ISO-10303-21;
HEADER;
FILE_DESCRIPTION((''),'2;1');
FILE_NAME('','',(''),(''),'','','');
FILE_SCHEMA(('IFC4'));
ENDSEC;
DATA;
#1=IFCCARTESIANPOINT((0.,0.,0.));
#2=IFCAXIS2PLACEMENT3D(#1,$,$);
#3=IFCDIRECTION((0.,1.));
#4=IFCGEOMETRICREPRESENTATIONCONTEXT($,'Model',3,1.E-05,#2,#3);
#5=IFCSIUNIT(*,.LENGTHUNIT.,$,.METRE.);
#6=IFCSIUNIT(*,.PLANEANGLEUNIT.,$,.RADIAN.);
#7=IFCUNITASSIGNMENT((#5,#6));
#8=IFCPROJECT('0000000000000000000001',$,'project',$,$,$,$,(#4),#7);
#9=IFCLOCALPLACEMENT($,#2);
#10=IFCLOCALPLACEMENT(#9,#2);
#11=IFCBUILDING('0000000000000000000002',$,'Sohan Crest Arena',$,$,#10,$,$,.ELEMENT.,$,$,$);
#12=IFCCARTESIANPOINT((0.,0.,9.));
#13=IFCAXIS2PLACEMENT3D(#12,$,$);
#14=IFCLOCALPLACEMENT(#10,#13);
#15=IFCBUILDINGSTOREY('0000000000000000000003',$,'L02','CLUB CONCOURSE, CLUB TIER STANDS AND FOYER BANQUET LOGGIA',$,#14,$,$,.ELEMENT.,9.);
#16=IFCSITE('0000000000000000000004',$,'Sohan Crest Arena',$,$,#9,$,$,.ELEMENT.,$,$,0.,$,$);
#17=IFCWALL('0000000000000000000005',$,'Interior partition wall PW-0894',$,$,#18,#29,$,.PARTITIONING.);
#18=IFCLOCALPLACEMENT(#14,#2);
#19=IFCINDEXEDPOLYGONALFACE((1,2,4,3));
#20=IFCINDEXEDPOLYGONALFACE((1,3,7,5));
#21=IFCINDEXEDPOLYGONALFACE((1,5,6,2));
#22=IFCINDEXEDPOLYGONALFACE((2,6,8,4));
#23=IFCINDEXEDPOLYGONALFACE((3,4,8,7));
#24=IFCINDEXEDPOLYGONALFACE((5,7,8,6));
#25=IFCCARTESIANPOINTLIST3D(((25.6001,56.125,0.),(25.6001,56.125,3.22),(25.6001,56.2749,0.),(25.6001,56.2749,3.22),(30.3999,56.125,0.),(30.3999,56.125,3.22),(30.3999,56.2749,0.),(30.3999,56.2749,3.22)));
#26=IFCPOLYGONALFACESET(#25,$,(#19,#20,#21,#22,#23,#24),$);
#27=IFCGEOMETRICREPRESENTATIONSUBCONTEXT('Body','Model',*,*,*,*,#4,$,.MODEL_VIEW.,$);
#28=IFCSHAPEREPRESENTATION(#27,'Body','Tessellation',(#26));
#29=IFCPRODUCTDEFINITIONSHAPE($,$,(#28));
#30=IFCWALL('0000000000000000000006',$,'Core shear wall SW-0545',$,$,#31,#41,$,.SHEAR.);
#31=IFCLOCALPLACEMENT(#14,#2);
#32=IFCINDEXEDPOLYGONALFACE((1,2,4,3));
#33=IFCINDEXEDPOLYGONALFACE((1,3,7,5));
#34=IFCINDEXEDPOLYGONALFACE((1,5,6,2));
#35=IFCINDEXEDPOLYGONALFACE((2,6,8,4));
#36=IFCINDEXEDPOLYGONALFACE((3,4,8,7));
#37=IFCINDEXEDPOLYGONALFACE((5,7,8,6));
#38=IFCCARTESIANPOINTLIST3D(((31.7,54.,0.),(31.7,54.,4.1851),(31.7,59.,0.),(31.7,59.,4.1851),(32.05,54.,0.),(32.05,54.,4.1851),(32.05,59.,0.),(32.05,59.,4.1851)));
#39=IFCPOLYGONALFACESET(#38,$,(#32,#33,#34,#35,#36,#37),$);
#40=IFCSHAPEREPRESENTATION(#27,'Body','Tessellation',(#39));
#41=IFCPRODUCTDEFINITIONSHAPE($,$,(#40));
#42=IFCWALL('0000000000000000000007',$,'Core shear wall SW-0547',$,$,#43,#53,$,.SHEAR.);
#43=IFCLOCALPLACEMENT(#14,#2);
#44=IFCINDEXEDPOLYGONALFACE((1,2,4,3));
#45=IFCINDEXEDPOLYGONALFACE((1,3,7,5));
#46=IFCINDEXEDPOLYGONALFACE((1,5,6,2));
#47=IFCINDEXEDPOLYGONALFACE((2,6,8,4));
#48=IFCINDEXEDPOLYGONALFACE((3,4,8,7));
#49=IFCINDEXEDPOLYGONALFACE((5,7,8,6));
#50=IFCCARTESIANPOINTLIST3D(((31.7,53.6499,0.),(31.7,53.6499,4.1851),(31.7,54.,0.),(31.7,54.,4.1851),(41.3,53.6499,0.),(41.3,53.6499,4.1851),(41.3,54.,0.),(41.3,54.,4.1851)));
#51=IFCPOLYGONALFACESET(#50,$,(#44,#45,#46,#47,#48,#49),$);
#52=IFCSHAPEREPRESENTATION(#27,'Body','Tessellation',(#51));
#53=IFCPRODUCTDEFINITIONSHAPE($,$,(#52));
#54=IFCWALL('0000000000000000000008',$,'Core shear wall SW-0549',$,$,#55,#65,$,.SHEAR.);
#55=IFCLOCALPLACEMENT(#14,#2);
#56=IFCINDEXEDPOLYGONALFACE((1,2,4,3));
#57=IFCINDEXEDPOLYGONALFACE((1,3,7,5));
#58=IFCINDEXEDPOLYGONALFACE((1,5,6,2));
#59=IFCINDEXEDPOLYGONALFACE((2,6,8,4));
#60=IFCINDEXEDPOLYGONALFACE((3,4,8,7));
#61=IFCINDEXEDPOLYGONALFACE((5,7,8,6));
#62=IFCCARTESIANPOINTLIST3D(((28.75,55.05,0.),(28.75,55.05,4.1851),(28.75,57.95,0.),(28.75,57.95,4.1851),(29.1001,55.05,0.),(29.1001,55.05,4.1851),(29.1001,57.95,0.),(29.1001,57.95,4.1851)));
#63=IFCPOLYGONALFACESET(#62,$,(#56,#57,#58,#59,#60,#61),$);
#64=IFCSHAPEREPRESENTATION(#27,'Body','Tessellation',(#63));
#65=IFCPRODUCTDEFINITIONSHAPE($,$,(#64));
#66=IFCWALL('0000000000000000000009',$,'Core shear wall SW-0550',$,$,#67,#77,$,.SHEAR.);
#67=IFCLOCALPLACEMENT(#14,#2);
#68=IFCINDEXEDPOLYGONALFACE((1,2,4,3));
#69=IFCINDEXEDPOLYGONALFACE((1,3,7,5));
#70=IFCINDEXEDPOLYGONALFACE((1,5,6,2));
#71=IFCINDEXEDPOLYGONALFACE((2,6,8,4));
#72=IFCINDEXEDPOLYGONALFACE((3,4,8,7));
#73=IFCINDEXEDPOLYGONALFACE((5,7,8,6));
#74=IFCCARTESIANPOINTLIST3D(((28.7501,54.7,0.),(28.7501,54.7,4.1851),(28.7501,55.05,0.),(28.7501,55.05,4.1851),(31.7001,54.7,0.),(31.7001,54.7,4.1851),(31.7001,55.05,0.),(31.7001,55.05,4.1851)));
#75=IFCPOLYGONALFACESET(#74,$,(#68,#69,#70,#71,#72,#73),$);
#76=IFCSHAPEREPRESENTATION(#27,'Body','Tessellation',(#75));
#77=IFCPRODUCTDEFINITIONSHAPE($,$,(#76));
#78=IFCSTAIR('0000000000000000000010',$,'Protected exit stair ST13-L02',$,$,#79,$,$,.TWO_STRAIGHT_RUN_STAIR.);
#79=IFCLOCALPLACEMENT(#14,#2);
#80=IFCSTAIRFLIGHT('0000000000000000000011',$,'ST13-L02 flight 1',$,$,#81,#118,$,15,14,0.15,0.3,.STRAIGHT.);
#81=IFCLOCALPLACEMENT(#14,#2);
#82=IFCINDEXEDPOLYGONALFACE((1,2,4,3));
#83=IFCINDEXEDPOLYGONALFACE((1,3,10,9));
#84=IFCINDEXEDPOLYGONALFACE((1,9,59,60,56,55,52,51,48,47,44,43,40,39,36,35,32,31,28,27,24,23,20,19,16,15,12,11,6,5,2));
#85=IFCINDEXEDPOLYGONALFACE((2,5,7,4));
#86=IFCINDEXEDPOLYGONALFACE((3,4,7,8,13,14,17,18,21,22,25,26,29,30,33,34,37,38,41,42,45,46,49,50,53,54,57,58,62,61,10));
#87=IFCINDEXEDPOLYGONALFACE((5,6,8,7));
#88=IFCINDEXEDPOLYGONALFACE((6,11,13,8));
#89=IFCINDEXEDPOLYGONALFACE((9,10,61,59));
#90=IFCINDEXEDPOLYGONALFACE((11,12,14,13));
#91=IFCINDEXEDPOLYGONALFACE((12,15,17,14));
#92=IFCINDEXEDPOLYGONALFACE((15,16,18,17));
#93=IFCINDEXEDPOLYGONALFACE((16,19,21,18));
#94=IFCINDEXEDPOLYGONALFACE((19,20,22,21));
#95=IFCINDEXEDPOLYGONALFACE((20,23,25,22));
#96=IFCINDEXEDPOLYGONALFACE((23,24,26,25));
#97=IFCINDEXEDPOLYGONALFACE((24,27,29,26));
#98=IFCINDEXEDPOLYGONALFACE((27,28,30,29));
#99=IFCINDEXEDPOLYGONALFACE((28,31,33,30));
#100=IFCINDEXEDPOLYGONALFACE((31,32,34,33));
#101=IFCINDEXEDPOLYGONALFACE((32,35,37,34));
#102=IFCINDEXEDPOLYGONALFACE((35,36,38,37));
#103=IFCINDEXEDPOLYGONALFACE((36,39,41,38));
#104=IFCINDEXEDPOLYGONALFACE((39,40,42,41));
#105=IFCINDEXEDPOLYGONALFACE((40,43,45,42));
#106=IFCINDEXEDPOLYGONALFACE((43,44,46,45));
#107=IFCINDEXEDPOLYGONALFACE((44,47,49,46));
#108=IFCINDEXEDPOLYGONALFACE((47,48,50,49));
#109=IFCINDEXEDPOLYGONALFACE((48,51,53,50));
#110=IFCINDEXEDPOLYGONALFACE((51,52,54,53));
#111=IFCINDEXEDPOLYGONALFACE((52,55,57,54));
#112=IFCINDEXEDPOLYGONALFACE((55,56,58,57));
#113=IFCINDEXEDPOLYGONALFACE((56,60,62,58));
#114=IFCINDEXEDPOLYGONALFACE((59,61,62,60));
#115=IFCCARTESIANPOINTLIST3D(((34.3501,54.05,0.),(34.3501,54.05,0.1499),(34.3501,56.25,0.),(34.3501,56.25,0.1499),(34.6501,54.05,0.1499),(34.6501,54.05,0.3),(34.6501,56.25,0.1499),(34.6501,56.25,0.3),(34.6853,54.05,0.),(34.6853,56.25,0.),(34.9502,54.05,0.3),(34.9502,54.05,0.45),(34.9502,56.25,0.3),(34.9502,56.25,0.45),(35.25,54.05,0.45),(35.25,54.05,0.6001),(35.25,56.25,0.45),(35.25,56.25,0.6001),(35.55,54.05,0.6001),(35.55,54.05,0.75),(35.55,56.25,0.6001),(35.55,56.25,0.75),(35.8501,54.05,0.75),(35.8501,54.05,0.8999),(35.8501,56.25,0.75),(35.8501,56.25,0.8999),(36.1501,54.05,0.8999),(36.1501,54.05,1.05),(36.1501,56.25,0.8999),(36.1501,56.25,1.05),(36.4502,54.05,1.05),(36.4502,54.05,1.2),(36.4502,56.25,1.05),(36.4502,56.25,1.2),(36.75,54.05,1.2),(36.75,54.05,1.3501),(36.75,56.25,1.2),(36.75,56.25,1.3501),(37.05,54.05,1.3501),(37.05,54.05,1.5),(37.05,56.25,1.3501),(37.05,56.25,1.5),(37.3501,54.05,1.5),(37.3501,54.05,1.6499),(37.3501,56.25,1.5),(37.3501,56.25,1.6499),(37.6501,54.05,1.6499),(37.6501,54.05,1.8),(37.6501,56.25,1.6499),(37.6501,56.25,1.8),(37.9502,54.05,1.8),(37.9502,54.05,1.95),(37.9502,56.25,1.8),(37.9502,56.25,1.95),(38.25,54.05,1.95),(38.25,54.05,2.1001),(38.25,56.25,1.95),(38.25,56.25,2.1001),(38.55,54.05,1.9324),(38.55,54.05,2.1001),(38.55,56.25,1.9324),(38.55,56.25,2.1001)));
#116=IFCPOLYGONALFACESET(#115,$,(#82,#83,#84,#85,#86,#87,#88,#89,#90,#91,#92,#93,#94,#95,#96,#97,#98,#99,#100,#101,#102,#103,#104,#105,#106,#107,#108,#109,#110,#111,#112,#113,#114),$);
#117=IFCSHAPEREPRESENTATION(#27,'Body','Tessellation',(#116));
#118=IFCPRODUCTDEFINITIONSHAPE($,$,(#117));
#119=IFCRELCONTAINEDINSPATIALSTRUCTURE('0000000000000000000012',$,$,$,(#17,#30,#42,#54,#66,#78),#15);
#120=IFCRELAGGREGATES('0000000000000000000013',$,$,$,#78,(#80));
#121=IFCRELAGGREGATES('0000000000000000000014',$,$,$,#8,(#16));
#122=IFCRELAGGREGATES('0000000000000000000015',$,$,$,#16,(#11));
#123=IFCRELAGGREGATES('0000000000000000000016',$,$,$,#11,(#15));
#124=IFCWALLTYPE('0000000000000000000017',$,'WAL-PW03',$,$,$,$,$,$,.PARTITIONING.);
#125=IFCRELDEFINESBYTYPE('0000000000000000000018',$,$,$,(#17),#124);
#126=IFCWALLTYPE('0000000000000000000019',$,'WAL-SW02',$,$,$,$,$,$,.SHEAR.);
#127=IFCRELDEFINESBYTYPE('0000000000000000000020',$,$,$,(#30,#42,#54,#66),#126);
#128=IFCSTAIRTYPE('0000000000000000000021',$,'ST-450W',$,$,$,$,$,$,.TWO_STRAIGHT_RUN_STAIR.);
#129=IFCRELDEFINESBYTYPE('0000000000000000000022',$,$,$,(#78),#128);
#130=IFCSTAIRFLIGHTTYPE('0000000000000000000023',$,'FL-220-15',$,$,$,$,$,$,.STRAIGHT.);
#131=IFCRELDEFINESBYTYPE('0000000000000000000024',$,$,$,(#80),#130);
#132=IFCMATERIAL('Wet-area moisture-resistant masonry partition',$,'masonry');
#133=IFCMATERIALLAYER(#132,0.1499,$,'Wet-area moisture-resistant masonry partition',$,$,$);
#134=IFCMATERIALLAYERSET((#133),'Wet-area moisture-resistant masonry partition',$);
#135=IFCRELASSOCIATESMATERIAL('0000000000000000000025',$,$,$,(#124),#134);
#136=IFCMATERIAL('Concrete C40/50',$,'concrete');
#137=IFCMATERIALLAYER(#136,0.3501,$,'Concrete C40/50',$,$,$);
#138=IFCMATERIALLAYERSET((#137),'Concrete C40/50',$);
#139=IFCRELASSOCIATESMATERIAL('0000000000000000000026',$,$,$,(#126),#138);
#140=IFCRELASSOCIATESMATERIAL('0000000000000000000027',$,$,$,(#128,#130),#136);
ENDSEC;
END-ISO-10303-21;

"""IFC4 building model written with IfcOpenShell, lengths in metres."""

from ifc_helpers import new_model, si_unit, direction, frame, frame_2d, origin, place, context, subcontext, project, spatial, polyline, rectangle, outline, extrude, material, layer, layer_set, type_object, element, aggregate, save


model = new_model("IFC4")

# Units and contexts
model_context = context("Model", 3, precision=1e-05, world=origin(), true_north=direction((0.0, 1.0)))
body_context = subcontext(model_context, "Body", "Model", "MODEL_VIEW")
ifc_project = project(units=[si_unit("LENGTHUNIT", "METRE"), si_unit("PLANEANGLEUNIT", "RADIAN")], contexts=[model_context])

# Site, building, storey
site_placement = place(None, origin())
site = spatial("IfcSite", under=ifc_project, at=site_placement, Name="Sohan Crest Arena", CompositionType="ELEMENT", RefElevation=0.0)
building_placement = place(site_placement, origin())
building = spatial("IfcBuilding", under=site, at=building_placement, Name="Sohan Crest Arena", CompositionType="ELEMENT")
storey_placement = place(building_placement, frame((0.0, 0.0, 9.0)))
storey = spatial("IfcBuildingStorey", under=building, at=storey_placement, Name="L02", Description="CLUB CONCOURSE, CLUB TIER STANDS AND FOYER BANQUET LOGGIA", CompositionType="ELEMENT", Elevation=9.0)

# Shared definitions
ifc_material_1 = material(Name="Concrete C40/50", Category="concrete")

# Shared definitions
ifc_material_2 = material(Name="Wet-area moisture-resistant masonry partition", Category="masonry")
ifc_layer_1 = layer(ifc_material_2, 0.1499, Name="Wet-area moisture-resistant masonry partition")
ifc_layer_set_1 = layer_set([ifc_layer_1], Name="Wet-area moisture-resistant masonry partition")
wall_type_1 = type_object("IfcWallType", Name="WAL-PW03", PredefinedType="PARTITIONING", material=ifc_layer_set_1)

# Walls
wall_1_placement = place(storey_placement, frame((25.6001, 56.2, 0.0), z_axis=(0.0, 0.0, 1.0), x_axis=(1.0, 0.0, 0.0)))
element("IfcWall", 1, at=wall_1_placement, inside=storey, type_object=wall_type_1, Name="Interior partition wall PW-0894", PredefinedType="PARTITIONING", context=body_context, shape_type="SweptSolid", body=[
    extrude(rectangle(XDim=4.7998, YDim=0.1499, at=frame_2d((2.3999, 0.0))), origin(), (0.0, 0.0, 1.0), 3.22),
])
ifc_layer_2 = layer(ifc_material_1, 0.3501, Name="Concrete C40/50")
ifc_layer_set_2 = layer_set([ifc_layer_2], Name="Concrete C40/50")
wall_type_2 = type_object("IfcWallType", Name="WAL-SW02", PredefinedType="SHEAR", material=ifc_layer_set_2)
wall_2_placement = place(storey_placement, frame((31.875, 54.0, 0.0), z_axis=(0.0, 0.0, 1.0), x_axis=(0.0, 1.0, 0.0)))
element("IfcWall", 2, at=wall_2_placement, inside=storey, type_object=wall_type_2, Name="Core shear wall SW-0545", PredefinedType="SHEAR", context=body_context, shape_type="SweptSolid", body=[
    extrude(rectangle(XDim=5.0, YDim=0.3501, at=frame_2d((2.5, 0.0))), origin(), (0.0, 0.0, 1.0), 4.1851),
])
wall_3_placement = place(storey_placement, frame((31.7, 53.825, 0.0), z_axis=(0.0, 0.0, 1.0), x_axis=(1.0, 0.0, 0.0)))
element("IfcWall", 3, at=wall_3_placement, inside=storey, type_object=wall_type_2, Name="Core shear wall SW-0547", PredefinedType="SHEAR", context=body_context, shape_type="SweptSolid", body=[
    extrude(rectangle(XDim=9.6001, YDim=0.3501, at=frame_2d((4.8, 0.0))), origin(), (0.0, 0.0, 1.0), 4.1851),
])
wall_4_placement = place(storey_placement, frame((28.925, 55.05, 0.0), z_axis=(0.0, 0.0, 1.0), x_axis=(0.0, 1.0, 0.0)))
element("IfcWall", 4, at=wall_4_placement, inside=storey, type_object=wall_type_2, Name="Core shear wall SW-0549", PredefinedType="SHEAR", context=body_context, shape_type="SweptSolid", body=[
    extrude(rectangle(XDim=2.8999, YDim=0.3501, at=frame_2d((1.45, 0.0))), origin(), (0.0, 0.0, 1.0), 4.1851),
])
wall_5_placement = place(storey_placement, frame((28.75, 54.875, 0.0), z_axis=(0.0, 0.0, 1.0), x_axis=(1.0, 0.0, 0.0)))
element("IfcWall", 5, at=wall_5_placement, inside=storey, type_object=wall_type_2, Name="Core shear wall SW-0550", PredefinedType="SHEAR", context=body_context, shape_type="SweptSolid", body=[
    extrude(rectangle(XDim=2.95, YDim=0.3501, at=frame_2d((1.4751, 0.0))), origin(), (0.0, 0.0, 1.0), 4.1851),
])

# Stair, stair flight
stair_type = type_object("IfcStairType", Name="ST-450W", PredefinedType="TWO_STRAIGHT_RUN_STAIR", material=ifc_material_1)
stair_placement = place(storey_placement, origin())
stair = element("IfcStair", 6, at=stair_placement, inside=storey, type_object=stair_type, Name="Protected exit stair ST13-L02", PredefinedType="TWO_STRAIGHT_RUN_STAIR")
stair_flight_type = type_object("IfcStairFlightType", Name="FL-220-15", PredefinedType="STRAIGHT", material=ifc_material_1)
stair_flight_placement = place(storey_placement, frame((34.3501, 55.1499, 0.0), z_axis=(0.0, 0.0, 1.0), x_axis=(1.0, 0.0, 0.0)))
stair_flight = element("IfcStairFlight", 7, at=stair_flight_placement, type_object=stair_flight_type, Name="ST13-L02 flight 1", NumberOfRisers=15, NumberOfTreads=14, PredefinedType="STRAIGHT", RiserHeight=0.15, TreadLength=0.3, context=body_context, shape_type="SweptSolid", body=[
    extrude(outline(polyline([(0.0, 0.0), (0.0, 0.1499), (0.3, 0.1499), (0.3, 0.3), (0.6001, 0.3), (0.6001, 0.45), (0.8999, 0.45), (0.8999, 0.6001), (1.2, 0.6001), (1.2, 0.75), (1.5, 0.75), (1.5, 0.8999), (1.8, 0.8999), (1.8, 1.05), (2.1001, 1.05), (2.1001, 1.2), (2.3999, 1.2), (2.3999, 1.3501), (2.7, 1.3501), (2.7, 1.5), (3.0, 1.5), (3.0, 1.6499), (3.3, 1.6499), (3.3, 1.8), (3.6001, 1.8), (3.6001, 1.95), (3.8999, 1.95), (3.8999, 2.1001), (4.2, 2.1001), (4.2, 2.25), (4.2, 1.9324), (0.3352, 0.0), (0.0, 0.0)])), frame((0.0, 1.1001, 0.0), z_axis=(0.0, -1.0, 0.0), x_axis=(1.0, 0.0, 0.0)), (0.0, 0.0, 1.0), 2.2),
])
aggregate(stair, [stair_flight])

save(model, "model.ifc")
